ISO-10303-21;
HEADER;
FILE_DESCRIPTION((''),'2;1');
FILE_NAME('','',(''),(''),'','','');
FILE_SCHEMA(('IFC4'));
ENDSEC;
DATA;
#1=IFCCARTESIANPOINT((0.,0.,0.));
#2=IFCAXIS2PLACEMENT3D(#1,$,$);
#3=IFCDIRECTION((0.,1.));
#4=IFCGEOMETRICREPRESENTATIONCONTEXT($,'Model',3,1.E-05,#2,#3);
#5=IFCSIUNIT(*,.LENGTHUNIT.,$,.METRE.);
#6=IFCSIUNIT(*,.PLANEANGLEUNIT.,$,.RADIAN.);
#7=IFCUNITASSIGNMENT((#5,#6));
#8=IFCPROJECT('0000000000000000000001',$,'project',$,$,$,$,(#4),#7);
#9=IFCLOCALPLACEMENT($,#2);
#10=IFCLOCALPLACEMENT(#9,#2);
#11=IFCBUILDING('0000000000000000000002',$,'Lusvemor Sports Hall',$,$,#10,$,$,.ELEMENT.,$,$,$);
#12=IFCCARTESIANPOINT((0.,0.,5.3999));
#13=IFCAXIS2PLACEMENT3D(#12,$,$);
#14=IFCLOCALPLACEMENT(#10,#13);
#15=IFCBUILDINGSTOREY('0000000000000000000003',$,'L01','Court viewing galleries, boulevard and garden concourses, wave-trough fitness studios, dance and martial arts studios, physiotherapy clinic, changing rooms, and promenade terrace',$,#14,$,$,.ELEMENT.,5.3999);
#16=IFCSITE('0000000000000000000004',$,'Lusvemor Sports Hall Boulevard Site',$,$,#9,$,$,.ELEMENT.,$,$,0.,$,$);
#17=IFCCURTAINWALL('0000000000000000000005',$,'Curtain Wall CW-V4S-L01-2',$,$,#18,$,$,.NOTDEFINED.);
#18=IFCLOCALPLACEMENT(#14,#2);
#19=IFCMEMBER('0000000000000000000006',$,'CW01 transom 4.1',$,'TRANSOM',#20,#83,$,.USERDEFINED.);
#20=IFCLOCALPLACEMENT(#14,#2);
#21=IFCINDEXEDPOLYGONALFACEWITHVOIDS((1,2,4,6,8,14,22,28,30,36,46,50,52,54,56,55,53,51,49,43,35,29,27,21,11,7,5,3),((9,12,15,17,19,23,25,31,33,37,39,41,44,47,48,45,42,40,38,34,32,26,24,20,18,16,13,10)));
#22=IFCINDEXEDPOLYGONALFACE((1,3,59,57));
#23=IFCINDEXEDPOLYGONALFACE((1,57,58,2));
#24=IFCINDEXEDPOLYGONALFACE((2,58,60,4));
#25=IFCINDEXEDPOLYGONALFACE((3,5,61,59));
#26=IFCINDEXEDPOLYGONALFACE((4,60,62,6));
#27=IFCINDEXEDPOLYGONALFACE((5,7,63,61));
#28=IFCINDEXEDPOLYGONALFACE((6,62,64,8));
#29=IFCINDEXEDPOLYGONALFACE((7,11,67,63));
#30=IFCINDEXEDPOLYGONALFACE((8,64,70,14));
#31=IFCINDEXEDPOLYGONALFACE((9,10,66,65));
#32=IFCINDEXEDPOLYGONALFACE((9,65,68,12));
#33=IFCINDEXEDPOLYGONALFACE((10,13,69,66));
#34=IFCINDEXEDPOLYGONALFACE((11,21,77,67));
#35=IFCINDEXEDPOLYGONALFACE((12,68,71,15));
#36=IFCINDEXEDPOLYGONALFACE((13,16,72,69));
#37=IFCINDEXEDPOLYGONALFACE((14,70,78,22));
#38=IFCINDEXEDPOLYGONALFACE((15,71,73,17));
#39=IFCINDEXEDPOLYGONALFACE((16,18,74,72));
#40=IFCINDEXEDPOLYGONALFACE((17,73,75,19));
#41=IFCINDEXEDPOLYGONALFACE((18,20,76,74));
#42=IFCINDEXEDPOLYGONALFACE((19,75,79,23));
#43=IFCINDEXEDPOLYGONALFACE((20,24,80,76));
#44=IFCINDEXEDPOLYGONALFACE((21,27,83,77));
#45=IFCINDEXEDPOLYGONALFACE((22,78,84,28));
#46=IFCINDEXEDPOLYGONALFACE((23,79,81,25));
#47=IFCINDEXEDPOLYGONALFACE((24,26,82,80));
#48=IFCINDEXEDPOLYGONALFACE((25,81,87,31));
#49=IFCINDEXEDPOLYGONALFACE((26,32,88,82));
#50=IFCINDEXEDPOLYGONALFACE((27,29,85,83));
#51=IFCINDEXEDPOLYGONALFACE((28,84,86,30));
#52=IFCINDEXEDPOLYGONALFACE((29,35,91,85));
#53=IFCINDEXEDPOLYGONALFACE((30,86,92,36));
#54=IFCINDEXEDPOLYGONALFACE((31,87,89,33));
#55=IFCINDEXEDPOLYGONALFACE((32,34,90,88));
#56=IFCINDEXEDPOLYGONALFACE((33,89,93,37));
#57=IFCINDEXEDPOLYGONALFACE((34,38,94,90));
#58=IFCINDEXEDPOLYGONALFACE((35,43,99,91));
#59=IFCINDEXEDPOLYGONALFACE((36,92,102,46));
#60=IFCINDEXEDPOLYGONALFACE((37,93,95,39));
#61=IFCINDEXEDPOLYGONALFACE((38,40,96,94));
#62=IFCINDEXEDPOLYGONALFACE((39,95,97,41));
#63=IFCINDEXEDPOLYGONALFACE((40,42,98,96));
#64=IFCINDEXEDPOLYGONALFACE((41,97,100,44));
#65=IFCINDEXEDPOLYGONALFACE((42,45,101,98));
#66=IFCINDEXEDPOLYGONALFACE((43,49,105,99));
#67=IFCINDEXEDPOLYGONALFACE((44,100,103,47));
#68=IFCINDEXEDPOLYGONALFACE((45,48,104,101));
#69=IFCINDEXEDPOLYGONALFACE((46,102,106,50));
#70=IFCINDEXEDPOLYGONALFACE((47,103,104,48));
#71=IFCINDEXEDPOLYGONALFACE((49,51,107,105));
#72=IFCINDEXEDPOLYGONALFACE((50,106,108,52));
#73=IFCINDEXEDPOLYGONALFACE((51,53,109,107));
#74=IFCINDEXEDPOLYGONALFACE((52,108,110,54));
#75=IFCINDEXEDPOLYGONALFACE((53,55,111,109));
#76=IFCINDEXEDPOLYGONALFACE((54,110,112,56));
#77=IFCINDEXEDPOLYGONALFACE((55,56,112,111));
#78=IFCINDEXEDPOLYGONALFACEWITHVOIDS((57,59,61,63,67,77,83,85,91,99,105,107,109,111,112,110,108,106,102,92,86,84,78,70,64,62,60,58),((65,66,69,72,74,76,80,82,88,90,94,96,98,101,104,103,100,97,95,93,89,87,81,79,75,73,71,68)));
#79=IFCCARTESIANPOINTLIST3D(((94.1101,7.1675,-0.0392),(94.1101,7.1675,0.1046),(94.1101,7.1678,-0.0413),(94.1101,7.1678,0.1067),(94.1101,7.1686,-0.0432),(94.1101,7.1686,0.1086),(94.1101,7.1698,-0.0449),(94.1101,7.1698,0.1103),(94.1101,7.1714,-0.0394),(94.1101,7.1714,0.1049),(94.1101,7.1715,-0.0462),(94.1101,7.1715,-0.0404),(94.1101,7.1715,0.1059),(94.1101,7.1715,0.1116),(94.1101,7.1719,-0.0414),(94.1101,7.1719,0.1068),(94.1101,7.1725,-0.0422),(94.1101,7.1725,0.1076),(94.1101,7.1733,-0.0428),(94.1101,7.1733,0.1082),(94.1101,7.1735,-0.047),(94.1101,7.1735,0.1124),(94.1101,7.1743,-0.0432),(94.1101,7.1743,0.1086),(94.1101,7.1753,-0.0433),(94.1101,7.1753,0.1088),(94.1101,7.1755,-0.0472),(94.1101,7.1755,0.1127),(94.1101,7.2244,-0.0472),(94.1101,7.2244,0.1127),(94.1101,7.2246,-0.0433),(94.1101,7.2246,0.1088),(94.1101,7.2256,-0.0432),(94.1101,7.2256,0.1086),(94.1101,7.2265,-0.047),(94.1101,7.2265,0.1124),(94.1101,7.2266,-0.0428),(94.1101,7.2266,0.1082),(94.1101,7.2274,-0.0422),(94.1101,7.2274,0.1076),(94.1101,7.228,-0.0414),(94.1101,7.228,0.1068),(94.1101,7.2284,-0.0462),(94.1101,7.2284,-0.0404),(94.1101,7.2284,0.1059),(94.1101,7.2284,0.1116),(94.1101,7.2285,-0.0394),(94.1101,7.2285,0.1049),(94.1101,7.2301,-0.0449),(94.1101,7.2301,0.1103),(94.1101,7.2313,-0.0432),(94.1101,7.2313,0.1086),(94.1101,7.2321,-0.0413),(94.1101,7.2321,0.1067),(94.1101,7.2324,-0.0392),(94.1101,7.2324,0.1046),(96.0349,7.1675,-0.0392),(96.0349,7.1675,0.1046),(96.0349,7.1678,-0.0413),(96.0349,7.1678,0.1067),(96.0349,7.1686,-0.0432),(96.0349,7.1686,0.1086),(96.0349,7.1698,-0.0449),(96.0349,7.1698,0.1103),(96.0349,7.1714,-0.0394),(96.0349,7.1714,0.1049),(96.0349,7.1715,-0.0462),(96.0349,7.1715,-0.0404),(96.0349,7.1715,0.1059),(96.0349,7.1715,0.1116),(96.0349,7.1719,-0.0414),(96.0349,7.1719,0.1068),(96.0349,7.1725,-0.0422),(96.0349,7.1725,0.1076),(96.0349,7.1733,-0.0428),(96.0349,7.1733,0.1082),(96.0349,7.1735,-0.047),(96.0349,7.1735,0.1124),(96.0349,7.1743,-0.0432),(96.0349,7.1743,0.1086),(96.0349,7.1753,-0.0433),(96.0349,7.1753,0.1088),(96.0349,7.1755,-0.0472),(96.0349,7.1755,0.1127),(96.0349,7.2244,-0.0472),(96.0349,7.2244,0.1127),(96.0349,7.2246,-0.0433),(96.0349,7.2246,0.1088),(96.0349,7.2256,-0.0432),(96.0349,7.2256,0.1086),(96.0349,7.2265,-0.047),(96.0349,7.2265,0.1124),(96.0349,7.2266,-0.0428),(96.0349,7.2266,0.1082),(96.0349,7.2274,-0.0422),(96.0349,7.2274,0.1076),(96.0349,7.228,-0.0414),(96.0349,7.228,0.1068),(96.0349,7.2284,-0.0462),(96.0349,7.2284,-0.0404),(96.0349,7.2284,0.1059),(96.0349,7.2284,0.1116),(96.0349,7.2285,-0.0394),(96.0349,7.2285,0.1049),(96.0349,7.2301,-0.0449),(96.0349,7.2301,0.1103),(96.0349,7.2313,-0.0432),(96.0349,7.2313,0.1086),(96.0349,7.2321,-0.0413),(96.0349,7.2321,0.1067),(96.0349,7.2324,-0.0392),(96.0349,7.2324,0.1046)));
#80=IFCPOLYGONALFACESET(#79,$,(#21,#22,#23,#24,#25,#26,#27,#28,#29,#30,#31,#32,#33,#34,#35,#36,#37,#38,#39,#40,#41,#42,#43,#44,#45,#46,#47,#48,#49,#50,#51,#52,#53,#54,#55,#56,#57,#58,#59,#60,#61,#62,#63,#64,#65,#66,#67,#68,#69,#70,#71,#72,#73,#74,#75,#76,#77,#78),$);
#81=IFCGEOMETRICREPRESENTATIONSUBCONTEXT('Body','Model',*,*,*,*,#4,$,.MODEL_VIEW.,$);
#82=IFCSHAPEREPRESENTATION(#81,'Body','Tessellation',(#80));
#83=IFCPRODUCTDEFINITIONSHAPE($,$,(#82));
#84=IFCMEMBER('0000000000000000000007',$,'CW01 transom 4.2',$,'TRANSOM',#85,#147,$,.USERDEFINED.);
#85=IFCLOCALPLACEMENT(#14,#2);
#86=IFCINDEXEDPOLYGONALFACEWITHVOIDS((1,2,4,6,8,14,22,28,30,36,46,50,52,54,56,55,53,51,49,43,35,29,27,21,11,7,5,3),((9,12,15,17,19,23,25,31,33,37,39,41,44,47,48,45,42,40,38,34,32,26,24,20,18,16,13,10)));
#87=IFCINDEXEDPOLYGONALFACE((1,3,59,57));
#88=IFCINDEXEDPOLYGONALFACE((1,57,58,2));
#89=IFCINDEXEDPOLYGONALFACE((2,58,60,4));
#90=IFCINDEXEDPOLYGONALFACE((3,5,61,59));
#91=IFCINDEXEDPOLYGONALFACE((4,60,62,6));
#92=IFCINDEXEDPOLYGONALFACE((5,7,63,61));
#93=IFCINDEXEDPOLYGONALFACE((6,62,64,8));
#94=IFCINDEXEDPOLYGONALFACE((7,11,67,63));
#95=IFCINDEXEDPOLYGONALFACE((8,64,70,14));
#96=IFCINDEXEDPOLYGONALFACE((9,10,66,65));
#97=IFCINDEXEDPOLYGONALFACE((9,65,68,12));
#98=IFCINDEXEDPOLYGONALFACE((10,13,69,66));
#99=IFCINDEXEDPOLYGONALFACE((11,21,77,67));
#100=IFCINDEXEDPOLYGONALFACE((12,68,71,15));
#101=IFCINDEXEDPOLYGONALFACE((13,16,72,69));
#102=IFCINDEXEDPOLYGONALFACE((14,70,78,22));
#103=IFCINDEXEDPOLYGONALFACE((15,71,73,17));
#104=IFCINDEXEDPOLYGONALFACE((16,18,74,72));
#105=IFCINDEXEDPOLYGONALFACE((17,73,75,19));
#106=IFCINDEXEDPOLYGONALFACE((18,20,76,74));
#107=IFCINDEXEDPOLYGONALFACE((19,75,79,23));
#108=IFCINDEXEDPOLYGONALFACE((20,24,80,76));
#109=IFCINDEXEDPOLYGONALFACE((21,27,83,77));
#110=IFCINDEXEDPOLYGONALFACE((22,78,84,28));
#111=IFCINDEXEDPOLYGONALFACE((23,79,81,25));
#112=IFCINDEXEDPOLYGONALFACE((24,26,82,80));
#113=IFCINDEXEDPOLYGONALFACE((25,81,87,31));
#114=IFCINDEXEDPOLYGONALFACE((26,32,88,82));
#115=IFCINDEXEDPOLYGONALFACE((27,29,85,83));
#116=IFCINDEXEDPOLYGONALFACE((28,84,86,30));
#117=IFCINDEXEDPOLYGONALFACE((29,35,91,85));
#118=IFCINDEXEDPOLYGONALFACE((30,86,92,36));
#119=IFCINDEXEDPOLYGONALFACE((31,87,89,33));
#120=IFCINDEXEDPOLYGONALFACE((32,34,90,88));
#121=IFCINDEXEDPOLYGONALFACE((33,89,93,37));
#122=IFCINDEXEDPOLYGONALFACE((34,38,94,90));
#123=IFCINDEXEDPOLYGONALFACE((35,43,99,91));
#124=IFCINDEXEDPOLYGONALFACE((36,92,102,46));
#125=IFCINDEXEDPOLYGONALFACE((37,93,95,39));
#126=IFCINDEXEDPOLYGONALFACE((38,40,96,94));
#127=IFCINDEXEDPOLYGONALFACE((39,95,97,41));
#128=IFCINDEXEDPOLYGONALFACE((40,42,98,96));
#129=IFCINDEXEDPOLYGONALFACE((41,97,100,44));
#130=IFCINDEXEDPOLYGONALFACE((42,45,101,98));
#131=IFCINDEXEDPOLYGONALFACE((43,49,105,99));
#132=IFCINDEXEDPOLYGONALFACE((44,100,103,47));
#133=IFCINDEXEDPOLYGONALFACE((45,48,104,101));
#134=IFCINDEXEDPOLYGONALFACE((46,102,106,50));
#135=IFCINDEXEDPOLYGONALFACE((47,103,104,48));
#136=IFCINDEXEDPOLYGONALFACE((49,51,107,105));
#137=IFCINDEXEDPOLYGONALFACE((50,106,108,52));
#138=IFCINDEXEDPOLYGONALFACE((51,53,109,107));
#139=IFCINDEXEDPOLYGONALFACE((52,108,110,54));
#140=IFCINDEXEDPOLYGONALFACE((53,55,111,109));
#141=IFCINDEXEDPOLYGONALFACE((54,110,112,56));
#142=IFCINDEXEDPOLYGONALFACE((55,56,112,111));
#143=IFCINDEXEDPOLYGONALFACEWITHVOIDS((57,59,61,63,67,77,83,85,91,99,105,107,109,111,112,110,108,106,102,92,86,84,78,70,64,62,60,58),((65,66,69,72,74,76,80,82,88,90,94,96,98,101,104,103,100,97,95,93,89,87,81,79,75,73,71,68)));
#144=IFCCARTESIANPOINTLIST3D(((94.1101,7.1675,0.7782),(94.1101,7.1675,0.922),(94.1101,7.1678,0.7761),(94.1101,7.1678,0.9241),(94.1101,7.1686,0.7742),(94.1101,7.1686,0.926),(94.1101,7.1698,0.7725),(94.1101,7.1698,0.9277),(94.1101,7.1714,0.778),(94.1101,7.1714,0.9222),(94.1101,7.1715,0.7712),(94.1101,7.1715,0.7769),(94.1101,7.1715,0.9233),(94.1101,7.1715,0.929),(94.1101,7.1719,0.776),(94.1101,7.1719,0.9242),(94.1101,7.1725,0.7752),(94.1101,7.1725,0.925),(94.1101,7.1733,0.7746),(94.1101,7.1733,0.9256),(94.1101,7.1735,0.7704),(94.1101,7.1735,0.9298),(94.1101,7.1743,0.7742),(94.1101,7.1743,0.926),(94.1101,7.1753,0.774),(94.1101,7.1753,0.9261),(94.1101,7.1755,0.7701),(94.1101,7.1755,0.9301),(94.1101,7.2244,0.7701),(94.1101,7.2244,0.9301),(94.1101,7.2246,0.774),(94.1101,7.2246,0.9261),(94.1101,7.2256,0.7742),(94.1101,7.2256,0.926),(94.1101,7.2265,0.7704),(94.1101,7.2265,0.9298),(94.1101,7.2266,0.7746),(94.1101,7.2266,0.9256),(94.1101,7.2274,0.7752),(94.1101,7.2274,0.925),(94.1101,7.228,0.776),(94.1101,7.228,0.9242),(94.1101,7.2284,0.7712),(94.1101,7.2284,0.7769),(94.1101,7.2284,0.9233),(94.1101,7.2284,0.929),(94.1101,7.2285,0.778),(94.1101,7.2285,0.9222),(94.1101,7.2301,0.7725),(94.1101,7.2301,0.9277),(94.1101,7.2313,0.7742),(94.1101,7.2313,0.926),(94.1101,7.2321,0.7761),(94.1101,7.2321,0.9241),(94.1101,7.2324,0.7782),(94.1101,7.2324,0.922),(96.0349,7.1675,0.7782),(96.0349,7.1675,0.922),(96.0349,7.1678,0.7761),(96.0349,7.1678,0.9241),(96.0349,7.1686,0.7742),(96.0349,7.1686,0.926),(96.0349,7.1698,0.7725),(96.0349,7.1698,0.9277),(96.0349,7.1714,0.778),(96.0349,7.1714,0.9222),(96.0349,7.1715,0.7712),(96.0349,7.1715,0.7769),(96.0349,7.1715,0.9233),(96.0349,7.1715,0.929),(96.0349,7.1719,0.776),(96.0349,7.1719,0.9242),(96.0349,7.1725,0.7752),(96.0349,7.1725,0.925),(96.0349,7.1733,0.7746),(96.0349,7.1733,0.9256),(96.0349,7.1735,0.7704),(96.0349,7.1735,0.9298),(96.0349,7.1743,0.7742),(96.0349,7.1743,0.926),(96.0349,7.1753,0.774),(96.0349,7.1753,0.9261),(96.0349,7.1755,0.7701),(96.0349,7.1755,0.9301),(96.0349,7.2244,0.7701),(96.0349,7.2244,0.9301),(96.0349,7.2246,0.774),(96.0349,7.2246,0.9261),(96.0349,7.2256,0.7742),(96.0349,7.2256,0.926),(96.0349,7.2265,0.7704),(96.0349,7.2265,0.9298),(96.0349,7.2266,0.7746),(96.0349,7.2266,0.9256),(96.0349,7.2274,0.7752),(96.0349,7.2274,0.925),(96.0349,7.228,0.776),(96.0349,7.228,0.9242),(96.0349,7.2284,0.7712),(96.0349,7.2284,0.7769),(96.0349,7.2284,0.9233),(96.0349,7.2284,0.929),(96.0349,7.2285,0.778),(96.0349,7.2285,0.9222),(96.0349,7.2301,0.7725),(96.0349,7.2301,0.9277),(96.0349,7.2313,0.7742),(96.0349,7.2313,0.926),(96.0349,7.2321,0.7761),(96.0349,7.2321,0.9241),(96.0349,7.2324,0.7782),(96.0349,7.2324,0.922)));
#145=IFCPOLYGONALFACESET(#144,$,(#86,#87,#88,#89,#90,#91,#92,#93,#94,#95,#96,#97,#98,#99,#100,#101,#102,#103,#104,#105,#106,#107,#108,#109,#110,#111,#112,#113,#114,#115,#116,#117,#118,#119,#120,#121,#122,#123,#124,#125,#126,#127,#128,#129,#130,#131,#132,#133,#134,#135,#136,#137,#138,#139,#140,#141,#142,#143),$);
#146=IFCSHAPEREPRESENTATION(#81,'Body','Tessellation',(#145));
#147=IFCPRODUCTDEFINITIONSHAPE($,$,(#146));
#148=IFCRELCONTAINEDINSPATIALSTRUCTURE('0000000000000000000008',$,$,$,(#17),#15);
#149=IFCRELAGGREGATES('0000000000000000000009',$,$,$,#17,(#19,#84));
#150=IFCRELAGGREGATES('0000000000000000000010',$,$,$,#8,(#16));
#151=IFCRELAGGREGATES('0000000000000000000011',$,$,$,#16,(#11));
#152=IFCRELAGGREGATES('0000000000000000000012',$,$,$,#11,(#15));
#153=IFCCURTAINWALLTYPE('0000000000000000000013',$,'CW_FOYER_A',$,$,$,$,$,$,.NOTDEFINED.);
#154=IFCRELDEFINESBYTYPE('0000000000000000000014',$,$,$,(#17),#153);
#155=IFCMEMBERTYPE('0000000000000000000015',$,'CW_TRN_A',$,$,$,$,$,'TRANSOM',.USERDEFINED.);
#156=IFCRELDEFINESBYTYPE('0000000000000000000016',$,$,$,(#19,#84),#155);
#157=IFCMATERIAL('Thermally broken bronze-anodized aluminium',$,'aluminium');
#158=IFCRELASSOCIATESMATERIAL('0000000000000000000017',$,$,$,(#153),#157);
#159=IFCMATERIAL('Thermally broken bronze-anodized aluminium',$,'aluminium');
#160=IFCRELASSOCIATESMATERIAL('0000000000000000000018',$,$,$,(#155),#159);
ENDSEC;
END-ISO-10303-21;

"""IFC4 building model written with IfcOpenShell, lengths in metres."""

from ifc_helpers import new_model, si_unit, direction, frame, origin, origin_2d, place, context, subcontext, project, spatial, hollow_rectangle, extrude, material, material_profile, profile_set, type_object, element, aggregate, save


model = new_model("IFC4")

# Units and contexts
model_context = context("Model", 3, precision=1e-05, world=origin(), true_north=direction((0.0, 1.0)))
body_context = subcontext(model_context, "Body", "Model", "MODEL_VIEW")
ifc_project = project(units=[si_unit("LENGTHUNIT", "METRE"), si_unit("PLANEANGLEUNIT", "RADIAN")], contexts=[model_context])

# Site, building, storey
site_placement = place(None, origin())
site = spatial("IfcSite", under=ifc_project, at=site_placement, Name="Lusvemor Sports Hall Boulevard Site", CompositionType="ELEMENT", RefElevation=0.0)
building_placement = place(site_placement, origin())
building = spatial("IfcBuilding", under=site, at=building_placement, Name="Lusvemor Sports Hall", CompositionType="ELEMENT")
storey_placement = place(building_placement, frame((0.0, 0.0, 5.3999)))
storey = spatial("IfcBuildingStorey", under=building, at=storey_placement, Name="L01", Description="Court viewing galleries, boulevard and garden concourses, wave-trough fitness studios, dance and martial arts studios, physiotherapy clinic, changing rooms, and promenade terrace", CompositionType="ELEMENT", Elevation=5.3999)

# Curtain wall, members
ifc_material_1 = material(Name="Thermally broken bronze-anodized aluminium", Category="aluminium")
curtain_wall_type = type_object("IfcCurtainWallType", Name="CW_FOYER_A", PredefinedType="NOTDEFINED", material=ifc_material_1)
curtain_wall_placement = place(storey_placement, origin())
curtain_wall = element("IfcCurtainWall", 1, at=curtain_wall_placement, inside=storey, type_object=curtain_wall_type, Name="Curtain Wall CW-V4S-L01-2", PredefinedType="NOTDEFINED")
ifc_material_2 = material(Name="Thermally broken bronze-anodized aluminium", Category="aluminium")
ifc_material_profile_1 = material_profile(ifc_material_2, hollow_rectangle(XDim=0.0649, YDim=0.1599, WallThickness=0.0039, InnerFilletRadius=0.0039, OuterFilletRadius=0.0081, at=origin_2d()), Name="CWTRN160x65x4")
ifc_profile_set_1 = profile_set([ifc_material_profile_1], Name="Thermally broken bronze-anodized aluminium")
member_type_1 = type_object("IfcMemberType", Name="CW_TRN_A", ElementType="TRANSOM", PredefinedType="USERDEFINED", material=ifc_profile_set_1)
member_1_placement = place(storey_placement, frame((96.0349, 7.2, 0.0327), z_axis=(-1.0, 0.0, 0.0), x_axis=(0.0, -1.0, 0.0)))
member_1 = element("IfcMember", 2, at=member_1_placement, type_object=member_type_1, Name="CW01 transom 4.1", ObjectType="TRANSOM", PredefinedType="USERDEFINED", context=body_context, shape_type="SweptSolid", body=[
    extrude(hollow_rectangle(XDim=0.0649, YDim=0.1599, WallThickness=0.0039, InnerFilletRadius=0.0039, OuterFilletRadius=0.0081, at=origin_2d()), origin(), (0.0, 0.0, 1.0), 1.9248),
])
member_2_placement = place(storey_placement, frame((96.0349, 7.2, 0.8501), z_axis=(-1.0, 0.0, 0.0), x_axis=(0.0, -1.0, 0.0)))
member_2 = element("IfcMember", 3, at=member_2_placement, type_object=member_type_1, Name="CW01 transom 4.2", ObjectType="TRANSOM", PredefinedType="USERDEFINED", context=body_context, shape_type="SweptSolid", body=[
    extrude(hollow_rectangle(XDim=0.0649, YDim=0.1599, WallThickness=0.0039, InnerFilletRadius=0.0039, OuterFilletRadius=0.0081, at=origin_2d()), origin(), (0.0, 0.0, 1.0), 1.9248),
])

aggregate(curtain_wall, [member_1, member_2])

save(model, "model.ifc")
